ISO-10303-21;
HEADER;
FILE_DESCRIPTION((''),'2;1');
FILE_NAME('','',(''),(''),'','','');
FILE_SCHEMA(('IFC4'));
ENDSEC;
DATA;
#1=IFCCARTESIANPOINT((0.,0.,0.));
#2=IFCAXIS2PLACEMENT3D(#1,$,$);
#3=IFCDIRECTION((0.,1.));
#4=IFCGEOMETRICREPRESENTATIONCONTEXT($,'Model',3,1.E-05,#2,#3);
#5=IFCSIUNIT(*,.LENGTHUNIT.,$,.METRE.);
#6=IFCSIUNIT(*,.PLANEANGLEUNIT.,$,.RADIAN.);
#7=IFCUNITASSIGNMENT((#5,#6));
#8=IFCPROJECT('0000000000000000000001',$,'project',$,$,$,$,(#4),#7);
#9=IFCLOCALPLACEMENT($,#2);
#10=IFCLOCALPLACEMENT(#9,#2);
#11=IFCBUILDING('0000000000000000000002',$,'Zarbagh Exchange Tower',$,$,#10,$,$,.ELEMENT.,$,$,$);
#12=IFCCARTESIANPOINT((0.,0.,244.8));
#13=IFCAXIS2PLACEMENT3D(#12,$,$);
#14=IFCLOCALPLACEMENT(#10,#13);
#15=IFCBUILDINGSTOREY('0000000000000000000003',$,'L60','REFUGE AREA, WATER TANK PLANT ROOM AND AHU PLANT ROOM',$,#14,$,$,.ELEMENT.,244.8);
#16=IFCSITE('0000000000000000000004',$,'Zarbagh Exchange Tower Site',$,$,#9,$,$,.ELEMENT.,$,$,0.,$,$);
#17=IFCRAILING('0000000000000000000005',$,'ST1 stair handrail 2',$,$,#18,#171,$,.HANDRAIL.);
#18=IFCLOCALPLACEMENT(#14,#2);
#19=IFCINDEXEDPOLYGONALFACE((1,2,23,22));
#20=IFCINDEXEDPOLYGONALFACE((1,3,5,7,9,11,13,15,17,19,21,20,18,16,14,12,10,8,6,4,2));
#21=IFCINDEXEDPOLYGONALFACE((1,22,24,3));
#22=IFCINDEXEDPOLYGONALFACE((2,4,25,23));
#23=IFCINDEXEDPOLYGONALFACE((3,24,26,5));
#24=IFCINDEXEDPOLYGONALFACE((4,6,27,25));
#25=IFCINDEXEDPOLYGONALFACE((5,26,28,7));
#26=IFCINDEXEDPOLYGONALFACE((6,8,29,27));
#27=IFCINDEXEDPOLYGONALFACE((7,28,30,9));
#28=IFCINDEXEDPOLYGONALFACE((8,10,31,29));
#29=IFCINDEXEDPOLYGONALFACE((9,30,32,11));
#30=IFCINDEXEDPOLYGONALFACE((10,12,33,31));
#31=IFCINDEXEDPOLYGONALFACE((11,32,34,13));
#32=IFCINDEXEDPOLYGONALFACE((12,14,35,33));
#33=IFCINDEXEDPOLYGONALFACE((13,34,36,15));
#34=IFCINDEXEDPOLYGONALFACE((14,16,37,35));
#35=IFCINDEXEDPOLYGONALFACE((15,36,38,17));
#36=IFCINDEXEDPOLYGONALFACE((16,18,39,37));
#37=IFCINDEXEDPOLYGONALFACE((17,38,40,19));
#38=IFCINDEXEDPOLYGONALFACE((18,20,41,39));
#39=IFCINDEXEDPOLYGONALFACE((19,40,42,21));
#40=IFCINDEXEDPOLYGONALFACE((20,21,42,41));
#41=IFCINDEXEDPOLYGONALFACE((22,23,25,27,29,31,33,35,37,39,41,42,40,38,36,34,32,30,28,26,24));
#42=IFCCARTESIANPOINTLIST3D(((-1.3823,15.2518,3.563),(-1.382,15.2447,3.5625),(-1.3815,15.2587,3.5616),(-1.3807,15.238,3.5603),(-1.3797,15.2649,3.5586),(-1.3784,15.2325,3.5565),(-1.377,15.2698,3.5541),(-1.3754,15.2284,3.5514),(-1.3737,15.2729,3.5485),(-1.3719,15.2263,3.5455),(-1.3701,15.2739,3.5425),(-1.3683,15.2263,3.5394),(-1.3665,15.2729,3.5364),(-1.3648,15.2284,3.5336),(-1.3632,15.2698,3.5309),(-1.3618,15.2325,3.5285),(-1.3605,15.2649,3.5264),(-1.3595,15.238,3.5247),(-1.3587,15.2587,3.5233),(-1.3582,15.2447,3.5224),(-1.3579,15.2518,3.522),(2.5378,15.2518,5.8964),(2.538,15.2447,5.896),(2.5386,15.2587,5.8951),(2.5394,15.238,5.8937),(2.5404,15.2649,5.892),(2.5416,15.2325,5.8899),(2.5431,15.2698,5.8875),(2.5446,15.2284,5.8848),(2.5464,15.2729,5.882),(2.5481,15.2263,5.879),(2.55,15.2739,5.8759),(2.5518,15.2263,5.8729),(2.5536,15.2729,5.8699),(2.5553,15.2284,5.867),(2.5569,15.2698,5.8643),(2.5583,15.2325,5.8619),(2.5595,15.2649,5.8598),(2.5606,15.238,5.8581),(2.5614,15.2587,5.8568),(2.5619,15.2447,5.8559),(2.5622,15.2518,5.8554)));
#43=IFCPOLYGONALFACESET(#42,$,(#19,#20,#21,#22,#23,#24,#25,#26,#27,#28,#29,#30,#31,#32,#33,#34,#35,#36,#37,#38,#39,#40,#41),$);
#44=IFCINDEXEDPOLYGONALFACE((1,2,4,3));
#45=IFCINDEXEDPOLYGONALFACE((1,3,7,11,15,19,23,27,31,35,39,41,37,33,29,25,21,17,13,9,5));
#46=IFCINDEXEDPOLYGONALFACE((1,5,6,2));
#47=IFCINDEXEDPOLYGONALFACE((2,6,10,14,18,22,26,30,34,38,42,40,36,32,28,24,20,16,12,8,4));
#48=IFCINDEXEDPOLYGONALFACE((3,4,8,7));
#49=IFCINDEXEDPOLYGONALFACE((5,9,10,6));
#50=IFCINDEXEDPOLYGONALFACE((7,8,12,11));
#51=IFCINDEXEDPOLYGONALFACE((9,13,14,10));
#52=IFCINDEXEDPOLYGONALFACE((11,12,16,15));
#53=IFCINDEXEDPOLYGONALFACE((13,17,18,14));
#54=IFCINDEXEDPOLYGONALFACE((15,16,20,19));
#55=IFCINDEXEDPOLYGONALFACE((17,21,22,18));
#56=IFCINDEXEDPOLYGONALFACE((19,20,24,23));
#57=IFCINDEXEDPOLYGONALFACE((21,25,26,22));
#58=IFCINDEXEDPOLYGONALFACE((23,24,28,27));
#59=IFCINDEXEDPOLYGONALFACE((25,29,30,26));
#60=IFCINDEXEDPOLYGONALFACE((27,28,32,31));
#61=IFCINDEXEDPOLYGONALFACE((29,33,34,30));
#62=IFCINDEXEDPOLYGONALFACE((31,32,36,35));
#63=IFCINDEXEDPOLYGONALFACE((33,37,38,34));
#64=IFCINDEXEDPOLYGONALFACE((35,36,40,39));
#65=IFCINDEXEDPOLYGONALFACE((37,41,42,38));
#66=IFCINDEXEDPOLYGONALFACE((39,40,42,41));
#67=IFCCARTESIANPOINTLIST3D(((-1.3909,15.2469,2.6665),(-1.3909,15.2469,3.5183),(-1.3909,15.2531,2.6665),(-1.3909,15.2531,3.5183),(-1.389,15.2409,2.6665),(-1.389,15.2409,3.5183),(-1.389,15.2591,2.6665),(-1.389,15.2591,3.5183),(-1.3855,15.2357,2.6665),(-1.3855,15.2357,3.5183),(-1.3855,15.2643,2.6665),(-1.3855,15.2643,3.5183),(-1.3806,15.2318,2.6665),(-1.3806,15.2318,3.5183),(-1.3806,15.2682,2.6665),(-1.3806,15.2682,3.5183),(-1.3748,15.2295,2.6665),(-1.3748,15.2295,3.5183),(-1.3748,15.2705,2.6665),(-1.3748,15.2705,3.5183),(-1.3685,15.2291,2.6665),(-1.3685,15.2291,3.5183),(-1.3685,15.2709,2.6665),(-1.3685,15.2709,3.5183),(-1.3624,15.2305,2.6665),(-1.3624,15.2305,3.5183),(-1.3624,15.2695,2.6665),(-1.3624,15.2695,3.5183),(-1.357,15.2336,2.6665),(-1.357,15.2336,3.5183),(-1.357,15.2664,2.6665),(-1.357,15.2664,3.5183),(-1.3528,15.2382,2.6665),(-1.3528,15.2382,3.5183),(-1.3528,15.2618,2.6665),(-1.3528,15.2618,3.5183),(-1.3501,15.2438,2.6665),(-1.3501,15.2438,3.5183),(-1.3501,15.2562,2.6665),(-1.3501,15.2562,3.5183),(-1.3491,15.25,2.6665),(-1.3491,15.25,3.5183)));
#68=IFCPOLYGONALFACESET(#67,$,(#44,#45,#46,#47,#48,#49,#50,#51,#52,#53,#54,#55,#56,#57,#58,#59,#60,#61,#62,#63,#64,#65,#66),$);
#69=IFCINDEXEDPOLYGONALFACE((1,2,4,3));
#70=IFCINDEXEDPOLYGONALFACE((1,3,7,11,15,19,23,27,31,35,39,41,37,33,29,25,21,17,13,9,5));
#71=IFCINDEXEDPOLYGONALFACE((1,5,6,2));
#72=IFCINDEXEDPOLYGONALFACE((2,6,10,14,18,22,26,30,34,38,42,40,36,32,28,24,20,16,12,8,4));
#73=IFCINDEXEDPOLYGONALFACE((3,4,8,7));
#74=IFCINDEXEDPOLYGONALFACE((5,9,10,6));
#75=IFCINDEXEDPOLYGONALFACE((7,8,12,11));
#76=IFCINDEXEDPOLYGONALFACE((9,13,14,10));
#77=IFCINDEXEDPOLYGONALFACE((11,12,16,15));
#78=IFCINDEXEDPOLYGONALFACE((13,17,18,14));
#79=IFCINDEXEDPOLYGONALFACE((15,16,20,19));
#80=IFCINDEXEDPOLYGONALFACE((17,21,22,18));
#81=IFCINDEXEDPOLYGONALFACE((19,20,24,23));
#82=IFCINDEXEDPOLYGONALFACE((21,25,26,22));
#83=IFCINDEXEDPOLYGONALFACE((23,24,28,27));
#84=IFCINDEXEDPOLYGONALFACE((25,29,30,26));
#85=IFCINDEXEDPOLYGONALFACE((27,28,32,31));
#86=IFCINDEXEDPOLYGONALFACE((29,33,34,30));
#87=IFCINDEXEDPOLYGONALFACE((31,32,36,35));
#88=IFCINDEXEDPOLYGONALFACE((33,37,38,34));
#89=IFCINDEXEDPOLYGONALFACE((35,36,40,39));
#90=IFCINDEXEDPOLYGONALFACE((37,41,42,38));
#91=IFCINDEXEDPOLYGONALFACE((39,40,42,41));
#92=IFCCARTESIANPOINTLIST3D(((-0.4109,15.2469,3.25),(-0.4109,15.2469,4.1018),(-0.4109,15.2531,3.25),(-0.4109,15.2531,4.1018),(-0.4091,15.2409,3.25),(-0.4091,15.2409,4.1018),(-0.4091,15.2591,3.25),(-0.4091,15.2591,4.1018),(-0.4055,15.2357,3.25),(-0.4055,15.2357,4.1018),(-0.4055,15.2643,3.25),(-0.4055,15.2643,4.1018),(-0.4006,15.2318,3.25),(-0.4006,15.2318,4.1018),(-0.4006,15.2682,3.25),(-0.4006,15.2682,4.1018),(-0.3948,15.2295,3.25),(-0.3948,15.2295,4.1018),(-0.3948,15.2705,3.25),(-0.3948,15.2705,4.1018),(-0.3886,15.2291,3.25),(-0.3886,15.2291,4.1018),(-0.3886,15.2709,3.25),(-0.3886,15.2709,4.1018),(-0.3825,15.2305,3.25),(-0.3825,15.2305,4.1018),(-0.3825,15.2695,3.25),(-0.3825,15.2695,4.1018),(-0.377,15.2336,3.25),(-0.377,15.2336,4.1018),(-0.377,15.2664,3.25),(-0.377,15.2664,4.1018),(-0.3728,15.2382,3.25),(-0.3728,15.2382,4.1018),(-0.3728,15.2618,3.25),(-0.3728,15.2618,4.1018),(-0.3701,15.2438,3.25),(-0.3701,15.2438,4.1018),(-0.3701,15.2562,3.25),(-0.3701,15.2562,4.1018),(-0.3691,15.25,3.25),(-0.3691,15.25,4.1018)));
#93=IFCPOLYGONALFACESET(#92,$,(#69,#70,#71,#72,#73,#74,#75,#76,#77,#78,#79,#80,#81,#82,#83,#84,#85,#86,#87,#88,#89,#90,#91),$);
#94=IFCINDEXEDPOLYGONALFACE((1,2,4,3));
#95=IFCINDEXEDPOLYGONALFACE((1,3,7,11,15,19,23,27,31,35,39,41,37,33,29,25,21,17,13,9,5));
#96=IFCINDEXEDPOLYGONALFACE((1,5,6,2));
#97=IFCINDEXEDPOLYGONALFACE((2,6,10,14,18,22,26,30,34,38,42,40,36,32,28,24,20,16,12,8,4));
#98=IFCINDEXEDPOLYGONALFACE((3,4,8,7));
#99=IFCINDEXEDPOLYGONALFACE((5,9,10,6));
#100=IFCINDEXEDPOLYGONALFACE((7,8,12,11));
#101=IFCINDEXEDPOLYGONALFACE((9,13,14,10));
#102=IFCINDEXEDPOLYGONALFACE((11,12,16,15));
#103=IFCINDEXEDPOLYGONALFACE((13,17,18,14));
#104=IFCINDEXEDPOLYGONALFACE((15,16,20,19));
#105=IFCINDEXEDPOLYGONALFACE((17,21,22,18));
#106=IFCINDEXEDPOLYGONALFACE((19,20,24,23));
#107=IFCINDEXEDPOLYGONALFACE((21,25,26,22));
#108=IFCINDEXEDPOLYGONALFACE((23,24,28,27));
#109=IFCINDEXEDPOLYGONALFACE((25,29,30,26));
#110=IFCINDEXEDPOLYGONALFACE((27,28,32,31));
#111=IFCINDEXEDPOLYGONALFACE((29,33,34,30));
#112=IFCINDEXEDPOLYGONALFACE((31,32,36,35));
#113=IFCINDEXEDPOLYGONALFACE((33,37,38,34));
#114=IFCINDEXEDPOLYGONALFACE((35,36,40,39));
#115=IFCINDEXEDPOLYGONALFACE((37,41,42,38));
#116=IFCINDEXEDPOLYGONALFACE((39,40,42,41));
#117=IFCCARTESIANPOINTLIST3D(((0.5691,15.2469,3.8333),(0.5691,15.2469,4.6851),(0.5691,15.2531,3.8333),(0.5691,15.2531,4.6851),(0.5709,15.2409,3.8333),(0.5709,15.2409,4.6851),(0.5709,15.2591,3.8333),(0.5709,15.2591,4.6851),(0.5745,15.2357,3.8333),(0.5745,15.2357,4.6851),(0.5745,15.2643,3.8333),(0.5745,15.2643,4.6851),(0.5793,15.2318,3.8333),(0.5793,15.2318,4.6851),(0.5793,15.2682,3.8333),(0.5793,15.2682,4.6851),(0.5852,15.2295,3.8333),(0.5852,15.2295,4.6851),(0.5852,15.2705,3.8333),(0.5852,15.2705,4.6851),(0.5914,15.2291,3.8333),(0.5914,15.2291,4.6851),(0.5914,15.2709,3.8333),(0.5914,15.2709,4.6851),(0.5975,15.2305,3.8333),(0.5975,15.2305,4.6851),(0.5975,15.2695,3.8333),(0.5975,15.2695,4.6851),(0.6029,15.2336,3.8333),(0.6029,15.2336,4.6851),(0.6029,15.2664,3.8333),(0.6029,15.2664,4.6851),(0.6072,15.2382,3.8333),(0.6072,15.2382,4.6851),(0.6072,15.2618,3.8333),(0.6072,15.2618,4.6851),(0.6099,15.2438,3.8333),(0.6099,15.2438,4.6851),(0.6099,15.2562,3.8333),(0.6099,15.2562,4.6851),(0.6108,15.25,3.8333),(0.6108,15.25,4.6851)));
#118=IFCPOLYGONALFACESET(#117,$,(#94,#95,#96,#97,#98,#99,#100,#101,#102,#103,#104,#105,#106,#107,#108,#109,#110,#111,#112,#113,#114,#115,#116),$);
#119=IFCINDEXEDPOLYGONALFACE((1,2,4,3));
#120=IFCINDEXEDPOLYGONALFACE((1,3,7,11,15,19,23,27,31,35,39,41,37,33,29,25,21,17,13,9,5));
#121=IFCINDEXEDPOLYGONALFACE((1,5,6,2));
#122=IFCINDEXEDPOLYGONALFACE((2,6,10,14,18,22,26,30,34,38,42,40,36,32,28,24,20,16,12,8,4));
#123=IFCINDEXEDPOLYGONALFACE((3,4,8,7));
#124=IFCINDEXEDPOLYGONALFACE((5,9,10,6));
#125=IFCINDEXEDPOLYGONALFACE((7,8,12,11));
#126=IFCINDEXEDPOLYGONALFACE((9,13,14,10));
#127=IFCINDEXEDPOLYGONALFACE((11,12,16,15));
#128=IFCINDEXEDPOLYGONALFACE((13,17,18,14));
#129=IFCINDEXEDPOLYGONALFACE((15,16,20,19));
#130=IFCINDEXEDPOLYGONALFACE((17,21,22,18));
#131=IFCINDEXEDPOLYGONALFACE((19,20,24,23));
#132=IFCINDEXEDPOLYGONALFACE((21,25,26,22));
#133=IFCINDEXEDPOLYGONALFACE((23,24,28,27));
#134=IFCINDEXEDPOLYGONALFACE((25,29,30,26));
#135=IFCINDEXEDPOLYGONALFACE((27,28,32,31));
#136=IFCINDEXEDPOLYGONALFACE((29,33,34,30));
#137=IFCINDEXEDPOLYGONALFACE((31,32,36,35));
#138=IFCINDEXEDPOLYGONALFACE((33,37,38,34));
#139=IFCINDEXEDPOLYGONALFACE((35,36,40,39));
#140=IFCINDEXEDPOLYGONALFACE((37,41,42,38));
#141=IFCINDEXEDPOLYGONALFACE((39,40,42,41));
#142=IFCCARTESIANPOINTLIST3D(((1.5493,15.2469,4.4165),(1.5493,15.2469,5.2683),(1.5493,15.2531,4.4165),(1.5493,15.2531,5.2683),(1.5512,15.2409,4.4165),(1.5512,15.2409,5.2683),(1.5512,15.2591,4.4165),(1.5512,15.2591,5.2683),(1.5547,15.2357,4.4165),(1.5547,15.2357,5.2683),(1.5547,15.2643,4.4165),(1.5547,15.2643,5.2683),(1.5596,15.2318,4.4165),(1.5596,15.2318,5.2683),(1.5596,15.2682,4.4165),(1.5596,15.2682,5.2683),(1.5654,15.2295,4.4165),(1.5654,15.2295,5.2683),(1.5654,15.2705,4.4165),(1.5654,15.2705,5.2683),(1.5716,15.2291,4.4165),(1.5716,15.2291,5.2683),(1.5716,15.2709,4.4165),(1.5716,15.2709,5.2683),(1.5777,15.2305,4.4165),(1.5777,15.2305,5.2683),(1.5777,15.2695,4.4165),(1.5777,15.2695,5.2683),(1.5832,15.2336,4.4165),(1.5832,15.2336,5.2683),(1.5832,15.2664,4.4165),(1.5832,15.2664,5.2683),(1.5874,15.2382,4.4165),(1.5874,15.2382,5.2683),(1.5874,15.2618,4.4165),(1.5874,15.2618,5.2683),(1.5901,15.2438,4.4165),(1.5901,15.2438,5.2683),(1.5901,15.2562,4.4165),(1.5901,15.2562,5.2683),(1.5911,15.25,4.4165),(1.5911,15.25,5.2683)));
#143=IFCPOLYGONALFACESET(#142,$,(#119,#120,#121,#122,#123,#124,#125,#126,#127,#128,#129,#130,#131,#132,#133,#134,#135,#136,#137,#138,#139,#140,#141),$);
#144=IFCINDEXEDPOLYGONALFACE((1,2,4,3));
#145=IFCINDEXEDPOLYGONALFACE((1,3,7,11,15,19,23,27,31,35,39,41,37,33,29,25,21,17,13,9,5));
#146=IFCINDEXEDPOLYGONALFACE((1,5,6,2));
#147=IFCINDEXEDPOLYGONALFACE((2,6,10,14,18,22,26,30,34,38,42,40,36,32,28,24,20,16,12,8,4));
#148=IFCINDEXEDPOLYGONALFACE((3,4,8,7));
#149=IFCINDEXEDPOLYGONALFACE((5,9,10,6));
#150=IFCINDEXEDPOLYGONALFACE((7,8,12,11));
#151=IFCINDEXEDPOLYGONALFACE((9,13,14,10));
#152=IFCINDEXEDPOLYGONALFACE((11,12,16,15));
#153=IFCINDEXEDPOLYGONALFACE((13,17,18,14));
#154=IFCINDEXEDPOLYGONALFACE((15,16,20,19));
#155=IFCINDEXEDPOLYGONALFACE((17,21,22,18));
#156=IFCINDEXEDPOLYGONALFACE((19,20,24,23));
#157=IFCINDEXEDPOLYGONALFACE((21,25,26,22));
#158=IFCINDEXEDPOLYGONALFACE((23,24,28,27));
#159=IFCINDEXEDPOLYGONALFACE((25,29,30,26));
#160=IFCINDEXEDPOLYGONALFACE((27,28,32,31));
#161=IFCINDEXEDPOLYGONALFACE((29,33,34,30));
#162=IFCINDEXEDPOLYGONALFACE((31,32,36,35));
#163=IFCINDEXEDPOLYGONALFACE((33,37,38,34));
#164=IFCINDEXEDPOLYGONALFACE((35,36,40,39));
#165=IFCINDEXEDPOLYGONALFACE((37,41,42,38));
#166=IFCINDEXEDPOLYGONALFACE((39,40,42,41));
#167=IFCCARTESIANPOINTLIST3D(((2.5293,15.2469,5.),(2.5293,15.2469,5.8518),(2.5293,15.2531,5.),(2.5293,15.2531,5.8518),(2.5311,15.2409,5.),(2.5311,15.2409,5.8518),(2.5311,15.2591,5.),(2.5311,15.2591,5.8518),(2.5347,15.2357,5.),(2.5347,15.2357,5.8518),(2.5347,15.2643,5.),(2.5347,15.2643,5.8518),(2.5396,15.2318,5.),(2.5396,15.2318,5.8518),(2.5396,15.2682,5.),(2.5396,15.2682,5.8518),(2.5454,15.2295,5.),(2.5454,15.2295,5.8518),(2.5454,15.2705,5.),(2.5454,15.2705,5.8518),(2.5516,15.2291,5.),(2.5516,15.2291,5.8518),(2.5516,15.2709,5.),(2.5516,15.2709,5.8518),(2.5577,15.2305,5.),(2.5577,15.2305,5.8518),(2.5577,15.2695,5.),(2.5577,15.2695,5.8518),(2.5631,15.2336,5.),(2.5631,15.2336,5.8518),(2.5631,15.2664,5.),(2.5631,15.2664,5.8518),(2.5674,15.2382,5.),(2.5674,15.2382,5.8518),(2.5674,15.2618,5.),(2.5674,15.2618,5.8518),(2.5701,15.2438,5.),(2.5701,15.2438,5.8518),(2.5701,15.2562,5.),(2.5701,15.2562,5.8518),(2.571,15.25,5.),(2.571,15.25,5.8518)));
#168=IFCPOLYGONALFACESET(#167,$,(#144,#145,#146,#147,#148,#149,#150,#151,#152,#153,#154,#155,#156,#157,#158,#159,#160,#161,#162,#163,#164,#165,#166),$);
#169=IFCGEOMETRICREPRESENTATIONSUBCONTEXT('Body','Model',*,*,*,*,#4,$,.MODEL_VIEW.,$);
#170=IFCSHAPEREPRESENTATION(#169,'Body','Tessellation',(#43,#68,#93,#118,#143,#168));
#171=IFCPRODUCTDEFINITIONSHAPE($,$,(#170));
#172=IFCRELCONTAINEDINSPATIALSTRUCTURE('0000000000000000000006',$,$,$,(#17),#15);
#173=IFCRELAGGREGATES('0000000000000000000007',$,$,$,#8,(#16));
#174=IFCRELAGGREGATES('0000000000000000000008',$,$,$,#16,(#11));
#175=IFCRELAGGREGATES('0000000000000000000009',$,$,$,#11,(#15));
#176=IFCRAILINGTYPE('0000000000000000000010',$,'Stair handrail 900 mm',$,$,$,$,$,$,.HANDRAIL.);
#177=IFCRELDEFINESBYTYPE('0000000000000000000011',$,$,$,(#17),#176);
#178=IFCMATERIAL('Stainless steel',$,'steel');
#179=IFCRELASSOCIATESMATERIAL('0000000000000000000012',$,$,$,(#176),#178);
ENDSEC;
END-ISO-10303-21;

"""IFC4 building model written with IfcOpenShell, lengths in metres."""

from ifc_helpers import new_model, si_unit, direction, frame, origin, origin_2d, place, context, subcontext, project, spatial, circle, extrude, material, type_object, element, save


model = new_model("IFC4")

# Units and contexts
model_context = context("Model", 3, precision=1e-05, world=origin(), true_north=direction((0.0, 1.0)))
body_context = subcontext(model_context, "Body", "Model", "MODEL_VIEW")
ifc_project = project(units=[si_unit("LENGTHUNIT", "METRE"), si_unit("PLANEANGLEUNIT", "RADIAN")], contexts=[model_context])

# Site, building, storey
site_placement = place(None, origin())
site = spatial("IfcSite", under=ifc_project, at=site_placement, Name="Zarbagh Exchange Tower Site", CompositionType="ELEMENT", RefElevation=0.0)
building_placement = place(site_placement, origin())
building = spatial("IfcBuilding", under=site, at=building_placement, Name="Zarbagh Exchange Tower", CompositionType="ELEMENT")
storey_placement = place(building_placement, frame((0.0, 0.0, 244.8)))
storey = spatial("IfcBuildingStorey", under=building, at=storey_placement, Name="L60", Description="REFUGE AREA, WATER TANK PLANT ROOM AND AHU PLANT ROOM", CompositionType="ELEMENT", Elevation=244.8)

# Railing
ifc_material_1 = material(Name="Stainless steel", Category="steel")
railing_type_1 = type_object("IfcRailingType", Name="Stair handrail 900 mm", PredefinedType="HANDRAIL", material=ifc_material_1)
railing_1_placement = place(storey_placement, frame((-1.3701, 15.25, 2.6665)))
element("IfcRailing", 1, at=railing_1_placement, inside=storey, type_object=railing_type_1, Name="ST1 stair handrail 2", PredefinedType="HANDRAIL", context=body_context, shape_type="SweptSolid", body=[
    extrude(circle(Radius=0.0239, at=origin_2d()), frame((0.0, 0.0, 0.876), z_axis=(0.859287, 0.0, 0.511494), x_axis=(0.0, 1.0, 0.0)), (0.0, 0.0, 1.0), 4.562),
    extrude(circle(Radius=0.021, at=origin_2d()), origin(), (0.0, 0.0, 1.0), 0.8518),
    extrude(circle(Radius=0.021, at=origin_2d()), frame((0.98, 0.0, 0.5835)), (0.0, 0.0, 1.0), 0.8518),
    extrude(circle(Radius=0.021, at=origin_2d()), frame((1.96, 0.0, 1.1667)), (0.0, 0.0, 1.0), 0.8518),
    extrude(circle(Radius=0.021, at=origin_2d()), frame((2.9402, 0.0, 1.75)), (0.0, 0.0, 1.0), 0.8518),
    extrude(circle(Radius=0.021, at=origin_2d()), frame((3.9202, 0.0, 2.3335)), (0.0, 0.0, 1.0), 0.8518),
])

save(model, "model.ifc")
